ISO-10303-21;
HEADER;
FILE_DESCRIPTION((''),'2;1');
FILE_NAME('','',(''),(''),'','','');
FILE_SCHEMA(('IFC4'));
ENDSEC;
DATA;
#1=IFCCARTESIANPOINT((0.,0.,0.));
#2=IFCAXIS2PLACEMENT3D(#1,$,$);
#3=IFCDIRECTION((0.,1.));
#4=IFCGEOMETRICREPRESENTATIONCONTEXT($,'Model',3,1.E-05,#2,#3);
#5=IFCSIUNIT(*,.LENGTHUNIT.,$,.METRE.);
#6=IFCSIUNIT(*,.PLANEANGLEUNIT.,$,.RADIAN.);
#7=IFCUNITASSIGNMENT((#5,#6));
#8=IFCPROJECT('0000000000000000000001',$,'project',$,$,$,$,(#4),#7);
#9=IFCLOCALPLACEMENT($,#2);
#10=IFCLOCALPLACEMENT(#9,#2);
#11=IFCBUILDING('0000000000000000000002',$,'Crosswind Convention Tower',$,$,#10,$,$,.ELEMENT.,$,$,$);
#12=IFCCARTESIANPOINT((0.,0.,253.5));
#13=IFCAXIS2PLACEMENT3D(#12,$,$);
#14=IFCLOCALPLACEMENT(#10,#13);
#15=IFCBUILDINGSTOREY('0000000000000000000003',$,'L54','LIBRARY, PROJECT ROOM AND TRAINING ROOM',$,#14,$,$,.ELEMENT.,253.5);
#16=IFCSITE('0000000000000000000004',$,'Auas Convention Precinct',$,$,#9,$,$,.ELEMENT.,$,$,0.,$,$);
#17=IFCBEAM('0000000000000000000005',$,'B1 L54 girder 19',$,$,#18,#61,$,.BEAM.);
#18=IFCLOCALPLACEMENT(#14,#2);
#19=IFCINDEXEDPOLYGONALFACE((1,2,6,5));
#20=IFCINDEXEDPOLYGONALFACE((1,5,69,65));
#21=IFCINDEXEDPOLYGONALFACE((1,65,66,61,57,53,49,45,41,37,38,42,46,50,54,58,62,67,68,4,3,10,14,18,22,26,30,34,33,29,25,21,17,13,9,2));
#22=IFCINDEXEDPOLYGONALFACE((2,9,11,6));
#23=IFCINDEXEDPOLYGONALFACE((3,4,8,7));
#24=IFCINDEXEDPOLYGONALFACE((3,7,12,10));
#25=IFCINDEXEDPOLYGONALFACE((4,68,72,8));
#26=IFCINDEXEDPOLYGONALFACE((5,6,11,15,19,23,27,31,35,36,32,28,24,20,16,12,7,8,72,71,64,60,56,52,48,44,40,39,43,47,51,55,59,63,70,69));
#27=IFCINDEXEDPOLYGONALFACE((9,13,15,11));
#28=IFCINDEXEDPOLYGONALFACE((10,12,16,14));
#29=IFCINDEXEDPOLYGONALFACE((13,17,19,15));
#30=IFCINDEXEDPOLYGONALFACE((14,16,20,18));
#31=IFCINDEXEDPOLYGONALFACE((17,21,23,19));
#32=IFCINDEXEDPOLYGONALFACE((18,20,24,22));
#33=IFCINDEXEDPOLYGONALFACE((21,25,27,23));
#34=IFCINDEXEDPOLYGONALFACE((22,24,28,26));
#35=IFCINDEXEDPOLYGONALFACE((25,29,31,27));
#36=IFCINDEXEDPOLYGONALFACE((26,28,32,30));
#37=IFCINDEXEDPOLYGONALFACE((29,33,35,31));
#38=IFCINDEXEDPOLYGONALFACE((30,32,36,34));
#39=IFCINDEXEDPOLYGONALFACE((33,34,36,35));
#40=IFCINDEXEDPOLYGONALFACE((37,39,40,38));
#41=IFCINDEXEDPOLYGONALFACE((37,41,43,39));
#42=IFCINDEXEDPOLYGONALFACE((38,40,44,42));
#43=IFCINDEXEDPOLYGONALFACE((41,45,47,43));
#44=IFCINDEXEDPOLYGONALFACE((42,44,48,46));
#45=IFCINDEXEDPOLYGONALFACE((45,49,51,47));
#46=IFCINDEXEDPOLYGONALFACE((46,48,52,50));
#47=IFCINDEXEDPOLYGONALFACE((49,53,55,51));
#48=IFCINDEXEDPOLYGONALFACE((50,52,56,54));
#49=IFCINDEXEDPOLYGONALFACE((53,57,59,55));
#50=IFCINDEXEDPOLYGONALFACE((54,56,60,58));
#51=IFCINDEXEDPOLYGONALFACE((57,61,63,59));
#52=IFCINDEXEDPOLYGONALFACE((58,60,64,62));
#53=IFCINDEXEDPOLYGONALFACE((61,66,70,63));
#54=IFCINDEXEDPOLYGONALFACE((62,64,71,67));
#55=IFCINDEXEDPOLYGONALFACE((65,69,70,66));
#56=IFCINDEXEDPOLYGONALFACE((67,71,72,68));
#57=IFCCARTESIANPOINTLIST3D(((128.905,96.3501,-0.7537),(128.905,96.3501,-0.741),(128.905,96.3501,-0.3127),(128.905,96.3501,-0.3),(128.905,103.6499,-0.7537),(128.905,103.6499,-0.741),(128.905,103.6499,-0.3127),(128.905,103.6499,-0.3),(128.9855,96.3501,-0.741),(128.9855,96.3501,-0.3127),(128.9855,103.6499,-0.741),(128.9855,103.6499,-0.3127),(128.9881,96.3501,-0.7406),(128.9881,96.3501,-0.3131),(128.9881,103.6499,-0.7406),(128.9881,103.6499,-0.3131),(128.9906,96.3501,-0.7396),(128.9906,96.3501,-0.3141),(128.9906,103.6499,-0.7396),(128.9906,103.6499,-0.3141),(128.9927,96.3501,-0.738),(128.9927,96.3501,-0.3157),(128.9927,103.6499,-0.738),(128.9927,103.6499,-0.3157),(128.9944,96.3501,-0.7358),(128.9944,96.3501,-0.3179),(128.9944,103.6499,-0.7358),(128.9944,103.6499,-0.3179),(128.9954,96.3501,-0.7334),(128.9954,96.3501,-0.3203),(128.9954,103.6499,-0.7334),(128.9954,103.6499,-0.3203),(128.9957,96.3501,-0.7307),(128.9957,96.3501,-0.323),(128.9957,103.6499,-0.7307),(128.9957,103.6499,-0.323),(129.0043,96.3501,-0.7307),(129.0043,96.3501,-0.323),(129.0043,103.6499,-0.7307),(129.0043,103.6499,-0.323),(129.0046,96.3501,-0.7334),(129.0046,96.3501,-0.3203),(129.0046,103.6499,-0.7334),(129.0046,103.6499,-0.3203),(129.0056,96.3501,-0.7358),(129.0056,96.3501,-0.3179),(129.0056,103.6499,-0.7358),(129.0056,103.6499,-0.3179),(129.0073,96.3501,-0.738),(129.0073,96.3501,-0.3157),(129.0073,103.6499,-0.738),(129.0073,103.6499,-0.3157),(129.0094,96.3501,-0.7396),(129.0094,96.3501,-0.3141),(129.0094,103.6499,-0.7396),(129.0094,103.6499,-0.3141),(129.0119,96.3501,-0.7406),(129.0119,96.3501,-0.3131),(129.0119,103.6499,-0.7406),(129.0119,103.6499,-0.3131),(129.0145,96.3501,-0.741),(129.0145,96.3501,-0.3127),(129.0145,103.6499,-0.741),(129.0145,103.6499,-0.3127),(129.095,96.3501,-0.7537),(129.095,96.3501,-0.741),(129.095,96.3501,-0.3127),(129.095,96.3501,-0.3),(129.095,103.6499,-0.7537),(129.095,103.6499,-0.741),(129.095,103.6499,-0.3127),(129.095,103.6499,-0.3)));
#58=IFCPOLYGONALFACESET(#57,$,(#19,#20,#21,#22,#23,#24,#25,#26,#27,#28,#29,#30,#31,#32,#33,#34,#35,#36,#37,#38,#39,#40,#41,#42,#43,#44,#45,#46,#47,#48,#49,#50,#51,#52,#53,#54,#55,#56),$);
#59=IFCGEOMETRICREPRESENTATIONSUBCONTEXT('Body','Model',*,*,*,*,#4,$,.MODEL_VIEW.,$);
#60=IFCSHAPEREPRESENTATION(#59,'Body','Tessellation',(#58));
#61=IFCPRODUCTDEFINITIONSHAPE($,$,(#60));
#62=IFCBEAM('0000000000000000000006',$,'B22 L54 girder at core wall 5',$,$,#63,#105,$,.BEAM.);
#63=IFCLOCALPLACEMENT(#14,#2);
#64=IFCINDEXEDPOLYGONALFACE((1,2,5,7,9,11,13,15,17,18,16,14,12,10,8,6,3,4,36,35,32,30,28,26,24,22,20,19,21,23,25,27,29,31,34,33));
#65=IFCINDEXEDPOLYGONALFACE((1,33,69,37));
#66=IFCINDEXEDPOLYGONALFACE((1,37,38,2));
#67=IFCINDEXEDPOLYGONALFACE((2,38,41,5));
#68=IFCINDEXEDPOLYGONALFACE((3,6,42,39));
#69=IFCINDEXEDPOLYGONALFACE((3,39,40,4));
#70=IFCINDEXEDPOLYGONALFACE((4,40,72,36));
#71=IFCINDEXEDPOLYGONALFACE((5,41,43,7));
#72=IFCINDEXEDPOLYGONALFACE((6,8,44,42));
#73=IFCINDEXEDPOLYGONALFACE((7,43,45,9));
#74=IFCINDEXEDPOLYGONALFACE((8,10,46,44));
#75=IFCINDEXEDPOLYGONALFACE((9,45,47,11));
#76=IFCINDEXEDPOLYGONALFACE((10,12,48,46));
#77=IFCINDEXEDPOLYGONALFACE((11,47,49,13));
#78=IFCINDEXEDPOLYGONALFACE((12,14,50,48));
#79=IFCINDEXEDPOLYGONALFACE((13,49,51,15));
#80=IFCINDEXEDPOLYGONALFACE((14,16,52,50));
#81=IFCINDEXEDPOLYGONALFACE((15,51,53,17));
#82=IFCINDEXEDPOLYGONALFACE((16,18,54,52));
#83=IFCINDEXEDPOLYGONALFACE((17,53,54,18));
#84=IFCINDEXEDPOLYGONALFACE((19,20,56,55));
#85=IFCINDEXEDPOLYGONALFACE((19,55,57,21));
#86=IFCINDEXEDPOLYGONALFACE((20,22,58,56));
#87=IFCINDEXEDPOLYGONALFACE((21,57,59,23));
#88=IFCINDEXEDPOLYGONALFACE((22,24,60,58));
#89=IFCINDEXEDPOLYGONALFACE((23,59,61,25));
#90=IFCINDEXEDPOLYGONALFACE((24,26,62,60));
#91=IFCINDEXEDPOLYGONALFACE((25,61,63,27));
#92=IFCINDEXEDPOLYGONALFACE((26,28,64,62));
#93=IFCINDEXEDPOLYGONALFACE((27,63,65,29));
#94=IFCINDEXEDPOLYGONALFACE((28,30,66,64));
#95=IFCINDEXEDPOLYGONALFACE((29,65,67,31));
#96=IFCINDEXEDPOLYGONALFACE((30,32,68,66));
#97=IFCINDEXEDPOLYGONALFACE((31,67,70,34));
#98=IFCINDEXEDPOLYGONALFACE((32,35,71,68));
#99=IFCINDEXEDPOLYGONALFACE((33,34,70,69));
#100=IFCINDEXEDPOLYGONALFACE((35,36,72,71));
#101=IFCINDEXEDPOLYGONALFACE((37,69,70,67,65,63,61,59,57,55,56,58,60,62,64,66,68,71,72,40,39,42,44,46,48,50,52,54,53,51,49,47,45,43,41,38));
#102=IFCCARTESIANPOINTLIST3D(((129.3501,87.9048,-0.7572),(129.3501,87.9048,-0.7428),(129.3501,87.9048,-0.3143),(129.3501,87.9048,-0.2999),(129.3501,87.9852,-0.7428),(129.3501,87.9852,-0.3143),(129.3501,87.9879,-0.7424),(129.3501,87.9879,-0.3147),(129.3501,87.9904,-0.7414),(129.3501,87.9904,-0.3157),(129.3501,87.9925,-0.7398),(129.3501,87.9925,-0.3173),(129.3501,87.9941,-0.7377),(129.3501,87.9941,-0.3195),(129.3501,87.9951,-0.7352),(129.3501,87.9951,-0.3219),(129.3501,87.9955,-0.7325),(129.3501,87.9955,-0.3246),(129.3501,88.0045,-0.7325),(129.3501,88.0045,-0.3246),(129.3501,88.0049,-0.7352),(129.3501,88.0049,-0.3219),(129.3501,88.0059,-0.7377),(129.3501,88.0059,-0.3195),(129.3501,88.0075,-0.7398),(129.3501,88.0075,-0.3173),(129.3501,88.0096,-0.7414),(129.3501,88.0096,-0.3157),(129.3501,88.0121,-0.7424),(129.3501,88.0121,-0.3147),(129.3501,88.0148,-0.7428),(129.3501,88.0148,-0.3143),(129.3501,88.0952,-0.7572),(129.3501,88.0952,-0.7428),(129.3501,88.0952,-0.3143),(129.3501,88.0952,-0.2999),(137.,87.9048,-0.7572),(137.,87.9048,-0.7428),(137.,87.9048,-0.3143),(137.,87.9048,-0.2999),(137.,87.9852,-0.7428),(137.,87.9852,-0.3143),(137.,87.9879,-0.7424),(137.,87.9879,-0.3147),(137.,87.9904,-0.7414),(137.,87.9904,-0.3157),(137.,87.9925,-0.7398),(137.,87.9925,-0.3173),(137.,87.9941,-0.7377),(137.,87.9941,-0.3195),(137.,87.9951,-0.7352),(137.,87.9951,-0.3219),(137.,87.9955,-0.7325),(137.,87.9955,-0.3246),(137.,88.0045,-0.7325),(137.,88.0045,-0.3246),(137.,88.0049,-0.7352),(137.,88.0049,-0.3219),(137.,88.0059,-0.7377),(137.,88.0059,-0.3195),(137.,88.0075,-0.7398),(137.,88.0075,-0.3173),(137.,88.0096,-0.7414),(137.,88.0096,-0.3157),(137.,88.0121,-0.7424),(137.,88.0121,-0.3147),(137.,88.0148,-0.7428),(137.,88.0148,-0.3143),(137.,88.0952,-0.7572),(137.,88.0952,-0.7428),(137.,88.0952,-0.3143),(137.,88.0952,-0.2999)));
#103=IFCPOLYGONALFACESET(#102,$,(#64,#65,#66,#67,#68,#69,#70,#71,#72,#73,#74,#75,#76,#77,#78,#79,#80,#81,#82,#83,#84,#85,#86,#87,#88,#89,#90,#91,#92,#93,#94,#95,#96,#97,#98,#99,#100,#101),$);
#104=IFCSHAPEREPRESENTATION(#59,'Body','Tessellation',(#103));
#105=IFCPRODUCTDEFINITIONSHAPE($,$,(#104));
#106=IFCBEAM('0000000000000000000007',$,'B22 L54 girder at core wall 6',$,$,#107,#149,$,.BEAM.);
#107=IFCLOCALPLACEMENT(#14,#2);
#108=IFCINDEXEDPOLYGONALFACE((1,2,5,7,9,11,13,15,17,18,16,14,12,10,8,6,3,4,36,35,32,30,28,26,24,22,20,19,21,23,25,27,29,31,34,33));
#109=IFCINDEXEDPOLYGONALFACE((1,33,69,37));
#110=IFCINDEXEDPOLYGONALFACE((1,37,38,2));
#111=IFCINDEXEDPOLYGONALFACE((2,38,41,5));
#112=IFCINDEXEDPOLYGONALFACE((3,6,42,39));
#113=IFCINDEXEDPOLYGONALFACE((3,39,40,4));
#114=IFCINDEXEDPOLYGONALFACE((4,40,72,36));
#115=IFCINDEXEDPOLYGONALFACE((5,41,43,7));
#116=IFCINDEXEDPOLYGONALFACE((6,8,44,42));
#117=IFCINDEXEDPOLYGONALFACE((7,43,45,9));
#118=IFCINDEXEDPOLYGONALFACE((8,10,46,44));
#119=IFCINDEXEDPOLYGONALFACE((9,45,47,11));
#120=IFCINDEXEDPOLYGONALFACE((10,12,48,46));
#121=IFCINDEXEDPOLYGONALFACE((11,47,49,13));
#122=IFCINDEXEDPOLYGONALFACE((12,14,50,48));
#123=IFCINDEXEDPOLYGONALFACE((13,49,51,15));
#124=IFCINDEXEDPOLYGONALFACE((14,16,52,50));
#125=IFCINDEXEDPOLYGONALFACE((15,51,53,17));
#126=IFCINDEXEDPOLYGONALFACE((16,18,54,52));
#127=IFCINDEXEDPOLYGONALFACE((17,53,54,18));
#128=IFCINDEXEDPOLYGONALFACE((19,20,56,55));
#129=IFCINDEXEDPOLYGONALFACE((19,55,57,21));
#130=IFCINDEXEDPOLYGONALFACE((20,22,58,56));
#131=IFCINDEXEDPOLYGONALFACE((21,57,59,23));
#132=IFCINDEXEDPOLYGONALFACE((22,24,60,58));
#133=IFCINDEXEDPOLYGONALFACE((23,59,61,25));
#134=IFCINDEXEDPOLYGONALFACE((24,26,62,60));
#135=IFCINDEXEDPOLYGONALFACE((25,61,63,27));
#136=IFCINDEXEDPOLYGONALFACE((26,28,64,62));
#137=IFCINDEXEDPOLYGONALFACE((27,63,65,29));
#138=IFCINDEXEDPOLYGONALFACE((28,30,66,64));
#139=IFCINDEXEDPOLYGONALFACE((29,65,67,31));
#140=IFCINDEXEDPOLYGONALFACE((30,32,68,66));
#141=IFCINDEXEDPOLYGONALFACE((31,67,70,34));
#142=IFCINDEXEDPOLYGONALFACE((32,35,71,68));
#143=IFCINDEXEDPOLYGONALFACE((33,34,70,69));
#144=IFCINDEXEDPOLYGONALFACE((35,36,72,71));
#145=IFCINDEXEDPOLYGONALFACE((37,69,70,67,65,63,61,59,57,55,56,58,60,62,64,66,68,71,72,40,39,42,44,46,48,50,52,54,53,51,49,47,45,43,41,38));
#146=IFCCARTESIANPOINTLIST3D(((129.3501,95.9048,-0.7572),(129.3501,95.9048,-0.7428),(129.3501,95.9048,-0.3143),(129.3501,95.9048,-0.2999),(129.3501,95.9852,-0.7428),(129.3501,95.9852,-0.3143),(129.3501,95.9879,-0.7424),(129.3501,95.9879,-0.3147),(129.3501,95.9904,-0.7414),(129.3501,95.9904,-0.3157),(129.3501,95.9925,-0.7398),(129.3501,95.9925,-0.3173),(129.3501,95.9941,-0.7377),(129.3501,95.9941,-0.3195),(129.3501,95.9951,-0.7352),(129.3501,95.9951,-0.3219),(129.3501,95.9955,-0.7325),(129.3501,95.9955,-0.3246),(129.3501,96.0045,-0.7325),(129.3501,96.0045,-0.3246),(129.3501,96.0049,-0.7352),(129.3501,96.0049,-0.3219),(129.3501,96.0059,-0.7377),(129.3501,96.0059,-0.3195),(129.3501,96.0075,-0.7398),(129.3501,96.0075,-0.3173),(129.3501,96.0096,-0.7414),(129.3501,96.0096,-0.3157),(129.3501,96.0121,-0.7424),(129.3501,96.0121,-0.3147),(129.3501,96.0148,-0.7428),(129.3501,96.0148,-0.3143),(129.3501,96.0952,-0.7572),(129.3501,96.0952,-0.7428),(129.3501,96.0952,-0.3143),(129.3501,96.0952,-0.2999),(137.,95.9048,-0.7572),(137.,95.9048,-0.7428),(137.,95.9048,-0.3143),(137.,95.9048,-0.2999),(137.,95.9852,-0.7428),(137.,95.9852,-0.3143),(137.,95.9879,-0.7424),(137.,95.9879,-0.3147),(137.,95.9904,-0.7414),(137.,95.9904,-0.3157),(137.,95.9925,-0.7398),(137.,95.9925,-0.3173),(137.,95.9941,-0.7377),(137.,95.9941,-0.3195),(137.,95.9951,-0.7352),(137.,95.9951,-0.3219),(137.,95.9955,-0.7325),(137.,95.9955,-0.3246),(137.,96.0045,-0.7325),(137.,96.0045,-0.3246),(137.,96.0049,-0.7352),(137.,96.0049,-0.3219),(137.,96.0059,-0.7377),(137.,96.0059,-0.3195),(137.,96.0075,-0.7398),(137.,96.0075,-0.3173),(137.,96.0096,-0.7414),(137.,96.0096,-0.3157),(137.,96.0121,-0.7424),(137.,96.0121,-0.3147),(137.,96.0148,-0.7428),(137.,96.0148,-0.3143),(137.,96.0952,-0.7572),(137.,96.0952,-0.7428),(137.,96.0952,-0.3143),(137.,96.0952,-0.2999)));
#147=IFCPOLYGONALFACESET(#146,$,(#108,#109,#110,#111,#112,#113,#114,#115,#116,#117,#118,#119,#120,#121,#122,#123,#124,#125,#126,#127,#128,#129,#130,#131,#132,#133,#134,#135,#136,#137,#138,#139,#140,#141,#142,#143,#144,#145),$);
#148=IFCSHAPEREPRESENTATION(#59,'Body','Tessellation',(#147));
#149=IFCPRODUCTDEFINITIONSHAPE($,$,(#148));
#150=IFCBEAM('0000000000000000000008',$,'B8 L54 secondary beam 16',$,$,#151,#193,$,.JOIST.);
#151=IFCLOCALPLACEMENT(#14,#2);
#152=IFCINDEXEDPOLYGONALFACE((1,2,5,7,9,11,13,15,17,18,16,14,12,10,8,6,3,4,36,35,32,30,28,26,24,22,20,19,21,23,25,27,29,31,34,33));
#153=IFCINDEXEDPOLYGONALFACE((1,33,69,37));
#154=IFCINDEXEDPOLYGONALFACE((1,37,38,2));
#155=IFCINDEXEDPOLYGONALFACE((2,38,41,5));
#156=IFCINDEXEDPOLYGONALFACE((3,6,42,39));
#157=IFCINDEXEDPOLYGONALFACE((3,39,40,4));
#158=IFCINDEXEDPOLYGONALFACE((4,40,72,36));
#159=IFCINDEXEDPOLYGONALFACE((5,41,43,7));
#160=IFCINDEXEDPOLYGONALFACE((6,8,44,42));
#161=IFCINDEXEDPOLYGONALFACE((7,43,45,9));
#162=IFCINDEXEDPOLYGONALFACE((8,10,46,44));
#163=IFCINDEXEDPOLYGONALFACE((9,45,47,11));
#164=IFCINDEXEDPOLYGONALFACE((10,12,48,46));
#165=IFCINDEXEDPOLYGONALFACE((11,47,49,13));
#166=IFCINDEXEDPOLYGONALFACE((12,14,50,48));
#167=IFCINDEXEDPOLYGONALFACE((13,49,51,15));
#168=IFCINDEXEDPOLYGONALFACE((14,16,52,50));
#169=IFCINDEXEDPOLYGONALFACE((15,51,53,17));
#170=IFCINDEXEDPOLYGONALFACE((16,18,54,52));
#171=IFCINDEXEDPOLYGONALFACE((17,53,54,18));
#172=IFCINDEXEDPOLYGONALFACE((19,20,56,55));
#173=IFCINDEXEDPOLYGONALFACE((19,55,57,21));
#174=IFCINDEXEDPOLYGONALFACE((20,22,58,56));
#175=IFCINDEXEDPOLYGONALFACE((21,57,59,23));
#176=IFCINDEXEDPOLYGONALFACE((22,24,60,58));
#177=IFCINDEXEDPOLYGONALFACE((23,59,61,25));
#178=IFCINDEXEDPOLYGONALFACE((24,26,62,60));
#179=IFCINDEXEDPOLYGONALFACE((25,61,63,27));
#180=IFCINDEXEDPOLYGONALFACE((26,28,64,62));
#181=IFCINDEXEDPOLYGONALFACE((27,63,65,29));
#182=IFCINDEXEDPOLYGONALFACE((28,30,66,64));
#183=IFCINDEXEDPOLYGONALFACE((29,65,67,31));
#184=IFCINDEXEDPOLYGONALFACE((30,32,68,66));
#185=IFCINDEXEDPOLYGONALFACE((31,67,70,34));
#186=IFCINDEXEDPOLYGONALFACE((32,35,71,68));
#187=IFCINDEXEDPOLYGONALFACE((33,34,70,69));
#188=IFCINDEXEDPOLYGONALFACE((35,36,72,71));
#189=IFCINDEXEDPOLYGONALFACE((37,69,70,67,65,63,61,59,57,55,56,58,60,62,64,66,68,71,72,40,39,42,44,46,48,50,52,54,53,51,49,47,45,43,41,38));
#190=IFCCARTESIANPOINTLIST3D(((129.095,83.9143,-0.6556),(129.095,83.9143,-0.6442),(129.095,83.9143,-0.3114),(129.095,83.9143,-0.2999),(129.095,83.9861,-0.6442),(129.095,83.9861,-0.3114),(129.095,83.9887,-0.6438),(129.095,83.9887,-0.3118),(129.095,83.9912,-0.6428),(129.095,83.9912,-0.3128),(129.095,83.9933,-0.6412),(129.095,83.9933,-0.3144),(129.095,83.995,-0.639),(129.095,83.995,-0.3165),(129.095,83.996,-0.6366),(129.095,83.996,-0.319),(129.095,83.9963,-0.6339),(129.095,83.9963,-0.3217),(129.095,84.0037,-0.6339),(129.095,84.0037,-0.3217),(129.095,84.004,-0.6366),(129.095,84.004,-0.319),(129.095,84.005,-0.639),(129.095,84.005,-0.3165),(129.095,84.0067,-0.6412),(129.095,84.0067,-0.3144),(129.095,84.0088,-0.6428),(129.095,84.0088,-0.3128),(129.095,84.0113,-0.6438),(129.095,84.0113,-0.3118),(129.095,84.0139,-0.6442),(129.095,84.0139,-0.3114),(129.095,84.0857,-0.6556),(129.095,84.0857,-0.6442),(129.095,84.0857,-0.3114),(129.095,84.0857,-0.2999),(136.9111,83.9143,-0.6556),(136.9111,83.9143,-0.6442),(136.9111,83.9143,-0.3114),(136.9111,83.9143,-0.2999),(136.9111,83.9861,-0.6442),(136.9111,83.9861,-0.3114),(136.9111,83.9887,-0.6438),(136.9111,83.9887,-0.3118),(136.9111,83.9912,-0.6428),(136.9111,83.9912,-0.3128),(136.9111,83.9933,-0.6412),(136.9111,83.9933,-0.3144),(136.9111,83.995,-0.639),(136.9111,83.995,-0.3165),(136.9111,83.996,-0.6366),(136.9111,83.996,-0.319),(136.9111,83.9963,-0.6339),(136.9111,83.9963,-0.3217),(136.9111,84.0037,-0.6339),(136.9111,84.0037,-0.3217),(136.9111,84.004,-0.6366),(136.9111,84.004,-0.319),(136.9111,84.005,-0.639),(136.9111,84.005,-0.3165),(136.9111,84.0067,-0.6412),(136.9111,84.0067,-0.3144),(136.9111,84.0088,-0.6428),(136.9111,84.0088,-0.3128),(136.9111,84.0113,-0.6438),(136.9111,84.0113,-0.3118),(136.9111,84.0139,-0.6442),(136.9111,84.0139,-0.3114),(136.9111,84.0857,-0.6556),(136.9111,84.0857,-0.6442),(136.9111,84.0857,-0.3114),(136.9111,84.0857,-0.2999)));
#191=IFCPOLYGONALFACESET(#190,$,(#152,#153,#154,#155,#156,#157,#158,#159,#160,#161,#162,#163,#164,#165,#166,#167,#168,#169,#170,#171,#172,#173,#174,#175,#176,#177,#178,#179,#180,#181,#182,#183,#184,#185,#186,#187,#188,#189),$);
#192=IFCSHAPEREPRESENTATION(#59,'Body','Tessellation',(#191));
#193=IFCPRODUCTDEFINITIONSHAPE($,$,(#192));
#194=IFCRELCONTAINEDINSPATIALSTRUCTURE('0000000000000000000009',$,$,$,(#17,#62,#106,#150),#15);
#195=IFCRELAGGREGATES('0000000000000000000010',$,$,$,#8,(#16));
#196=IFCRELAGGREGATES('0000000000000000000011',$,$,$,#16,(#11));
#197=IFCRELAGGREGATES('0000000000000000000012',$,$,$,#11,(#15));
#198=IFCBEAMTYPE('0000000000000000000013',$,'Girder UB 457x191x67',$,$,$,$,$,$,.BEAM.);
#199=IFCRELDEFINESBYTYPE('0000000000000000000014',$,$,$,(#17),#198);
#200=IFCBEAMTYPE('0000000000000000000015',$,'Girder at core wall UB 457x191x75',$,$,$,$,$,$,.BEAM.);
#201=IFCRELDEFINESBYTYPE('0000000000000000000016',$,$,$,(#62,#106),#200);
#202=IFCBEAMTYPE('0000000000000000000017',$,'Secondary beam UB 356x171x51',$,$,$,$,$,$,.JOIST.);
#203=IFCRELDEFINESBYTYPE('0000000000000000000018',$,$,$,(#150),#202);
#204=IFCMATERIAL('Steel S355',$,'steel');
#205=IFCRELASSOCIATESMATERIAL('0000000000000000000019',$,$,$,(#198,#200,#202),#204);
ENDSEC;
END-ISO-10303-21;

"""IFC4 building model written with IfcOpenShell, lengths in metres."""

from ifc_helpers import new_model, si_unit, direction, frame, origin, origin_2d, place, context, subcontext, project, spatial, i_section, extrude, material, material_profile, profile_set, type_object, element, save


model = new_model("IFC4")

# Units and contexts
model_context = context("Model", 3, precision=1e-05, world=origin(), true_north=direction((0.0, 1.0)))
body_context = subcontext(model_context, "Body", "Model", "MODEL_VIEW")
ifc_project = project(units=[si_unit("LENGTHUNIT", "METRE"), si_unit("PLANEANGLEUNIT", "RADIAN")], contexts=[model_context])

# Site, building, storey
site_placement = place(None, origin())
site = spatial("IfcSite", under=ifc_project, at=site_placement, Name="Auas Convention Precinct", CompositionType="ELEMENT", RefElevation=0.0)
building_placement = place(site_placement, origin())
building = spatial("IfcBuilding", under=site, at=building_placement, Name="Crosswind Convention Tower", CompositionType="ELEMENT")
storey_placement = place(building_placement, frame((0.0, 0.0, 253.5)))
storey = spatial("IfcBuildingStorey", under=building, at=storey_placement, Name="L54", Description="LIBRARY, PROJECT ROOM AND TRAINING ROOM", CompositionType="ELEMENT", Elevation=253.5)

# Beams
ifc_material_1 = material(Name="Steel S355", Category="steel")
ifc_material_profile_1 = material_profile(ifc_material_1, i_section(OverallWidth=0.1899, OverallDepth=0.4536, WebThickness=0.0085, FlangeThickness=0.0127, FilletRadius=0.0103, at=origin_2d()), Name="UB 457x191x67")
ifc_profile_set_1 = profile_set([ifc_material_profile_1], Name="Steel S355")
beam_type_1 = type_object("IfcBeamType", Name="Girder UB 457x191x67", PredefinedType="BEAM", material=ifc_profile_set_1)
for number, where, z_axis, x_axis, name in (
    (1, (129.0, 96.3501, -0.5269), (0.0, 1.0, 0.0), (-1.0, 0.0, 0.0), "B1 L54 girder 19"),
):
    element("IfcBeam", number, at=place(storey_placement, frame(where, z_axis=z_axis, x_axis=x_axis)), inside=storey, type_object=beam_type_1, Name=name, PredefinedType="BEAM", context=body_context, shape_type="SweptSolid", body=[
        extrude(i_section(OverallWidth=0.1899, OverallDepth=0.4536, WebThickness=0.0085, FlangeThickness=0.0127, FilletRadius=0.0103, at=origin_2d()), origin(), (0.0, 0.0, 1.0), 7.2998),
    ])
ifc_material_profile_2 = material_profile(ifc_material_1, i_section(OverallWidth=0.1904, OverallDepth=0.4573, WebThickness=0.009, FlangeThickness=0.0144, FilletRadius=0.0103, at=origin_2d()), Name="UB 457x191x75")
ifc_profile_set_2 = profile_set([ifc_material_profile_2], Name="Steel S355")
beam_type_2 = type_object("IfcBeamType", Name="Girder at core wall UB 457x191x75", PredefinedType="BEAM", material=ifc_profile_set_2)
for number, where, z_axis, x_axis, name in (
    (2, (129.3501, 88.0, -0.5286), (1.0, 0.0, 0.0), (0.0, 1.0, 0.0), "B22 L54 girder at core wall 5"),
    (3, (129.3501, 96.0, -0.5286), (1.0, 0.0, 0.0), (0.0, 1.0, 0.0), "B22 L54 girder at core wall 6"),
):
    element("IfcBeam", number, at=place(storey_placement, frame(where, z_axis=z_axis, x_axis=x_axis)), inside=storey, type_object=beam_type_2, Name=name, PredefinedType="BEAM", context=body_context, shape_type="SweptSolid", body=[
        extrude(i_section(OverallWidth=0.1904, OverallDepth=0.4573, WebThickness=0.009, FlangeThickness=0.0144, FilletRadius=0.0103, at=origin_2d()), origin(), (0.0, 0.0, 1.0), 7.6499),
    ])
ifc_material_profile_3 = material_profile(ifc_material_1, i_section(OverallWidth=0.1714, OverallDepth=0.3557, WebThickness=0.0073, FlangeThickness=0.0115, FilletRadius=0.0103, at=origin_2d()), Name="UB 356x171x51")
ifc_profile_set_3 = profile_set([ifc_material_profile_3], Name="Steel S355")
beam_type_3 = type_object("IfcBeamType", Name="Secondary beam UB 356x171x51", PredefinedType="JOIST", material=ifc_profile_set_3)
beam_1_placement = place(storey_placement, frame((129.095, 84.0, -0.4778), z_axis=(1.0, 0.0, 0.0), x_axis=(0.0, 1.0, 0.0)))
element("IfcBeam", 4, at=beam_1_placement, inside=storey, type_object=beam_type_3, Name="B8 L54 secondary beam 16", PredefinedType="JOIST", context=body_context, shape_type="SweptSolid", body=[
    extrude(i_section(OverallWidth=0.1714, OverallDepth=0.3557, WebThickness=0.0073, FlangeThickness=0.0115, FilletRadius=0.0103, at=origin_2d()), origin(), (0.0, 0.0, 1.0), 7.8162),
])

save(model, "model.ifc")
